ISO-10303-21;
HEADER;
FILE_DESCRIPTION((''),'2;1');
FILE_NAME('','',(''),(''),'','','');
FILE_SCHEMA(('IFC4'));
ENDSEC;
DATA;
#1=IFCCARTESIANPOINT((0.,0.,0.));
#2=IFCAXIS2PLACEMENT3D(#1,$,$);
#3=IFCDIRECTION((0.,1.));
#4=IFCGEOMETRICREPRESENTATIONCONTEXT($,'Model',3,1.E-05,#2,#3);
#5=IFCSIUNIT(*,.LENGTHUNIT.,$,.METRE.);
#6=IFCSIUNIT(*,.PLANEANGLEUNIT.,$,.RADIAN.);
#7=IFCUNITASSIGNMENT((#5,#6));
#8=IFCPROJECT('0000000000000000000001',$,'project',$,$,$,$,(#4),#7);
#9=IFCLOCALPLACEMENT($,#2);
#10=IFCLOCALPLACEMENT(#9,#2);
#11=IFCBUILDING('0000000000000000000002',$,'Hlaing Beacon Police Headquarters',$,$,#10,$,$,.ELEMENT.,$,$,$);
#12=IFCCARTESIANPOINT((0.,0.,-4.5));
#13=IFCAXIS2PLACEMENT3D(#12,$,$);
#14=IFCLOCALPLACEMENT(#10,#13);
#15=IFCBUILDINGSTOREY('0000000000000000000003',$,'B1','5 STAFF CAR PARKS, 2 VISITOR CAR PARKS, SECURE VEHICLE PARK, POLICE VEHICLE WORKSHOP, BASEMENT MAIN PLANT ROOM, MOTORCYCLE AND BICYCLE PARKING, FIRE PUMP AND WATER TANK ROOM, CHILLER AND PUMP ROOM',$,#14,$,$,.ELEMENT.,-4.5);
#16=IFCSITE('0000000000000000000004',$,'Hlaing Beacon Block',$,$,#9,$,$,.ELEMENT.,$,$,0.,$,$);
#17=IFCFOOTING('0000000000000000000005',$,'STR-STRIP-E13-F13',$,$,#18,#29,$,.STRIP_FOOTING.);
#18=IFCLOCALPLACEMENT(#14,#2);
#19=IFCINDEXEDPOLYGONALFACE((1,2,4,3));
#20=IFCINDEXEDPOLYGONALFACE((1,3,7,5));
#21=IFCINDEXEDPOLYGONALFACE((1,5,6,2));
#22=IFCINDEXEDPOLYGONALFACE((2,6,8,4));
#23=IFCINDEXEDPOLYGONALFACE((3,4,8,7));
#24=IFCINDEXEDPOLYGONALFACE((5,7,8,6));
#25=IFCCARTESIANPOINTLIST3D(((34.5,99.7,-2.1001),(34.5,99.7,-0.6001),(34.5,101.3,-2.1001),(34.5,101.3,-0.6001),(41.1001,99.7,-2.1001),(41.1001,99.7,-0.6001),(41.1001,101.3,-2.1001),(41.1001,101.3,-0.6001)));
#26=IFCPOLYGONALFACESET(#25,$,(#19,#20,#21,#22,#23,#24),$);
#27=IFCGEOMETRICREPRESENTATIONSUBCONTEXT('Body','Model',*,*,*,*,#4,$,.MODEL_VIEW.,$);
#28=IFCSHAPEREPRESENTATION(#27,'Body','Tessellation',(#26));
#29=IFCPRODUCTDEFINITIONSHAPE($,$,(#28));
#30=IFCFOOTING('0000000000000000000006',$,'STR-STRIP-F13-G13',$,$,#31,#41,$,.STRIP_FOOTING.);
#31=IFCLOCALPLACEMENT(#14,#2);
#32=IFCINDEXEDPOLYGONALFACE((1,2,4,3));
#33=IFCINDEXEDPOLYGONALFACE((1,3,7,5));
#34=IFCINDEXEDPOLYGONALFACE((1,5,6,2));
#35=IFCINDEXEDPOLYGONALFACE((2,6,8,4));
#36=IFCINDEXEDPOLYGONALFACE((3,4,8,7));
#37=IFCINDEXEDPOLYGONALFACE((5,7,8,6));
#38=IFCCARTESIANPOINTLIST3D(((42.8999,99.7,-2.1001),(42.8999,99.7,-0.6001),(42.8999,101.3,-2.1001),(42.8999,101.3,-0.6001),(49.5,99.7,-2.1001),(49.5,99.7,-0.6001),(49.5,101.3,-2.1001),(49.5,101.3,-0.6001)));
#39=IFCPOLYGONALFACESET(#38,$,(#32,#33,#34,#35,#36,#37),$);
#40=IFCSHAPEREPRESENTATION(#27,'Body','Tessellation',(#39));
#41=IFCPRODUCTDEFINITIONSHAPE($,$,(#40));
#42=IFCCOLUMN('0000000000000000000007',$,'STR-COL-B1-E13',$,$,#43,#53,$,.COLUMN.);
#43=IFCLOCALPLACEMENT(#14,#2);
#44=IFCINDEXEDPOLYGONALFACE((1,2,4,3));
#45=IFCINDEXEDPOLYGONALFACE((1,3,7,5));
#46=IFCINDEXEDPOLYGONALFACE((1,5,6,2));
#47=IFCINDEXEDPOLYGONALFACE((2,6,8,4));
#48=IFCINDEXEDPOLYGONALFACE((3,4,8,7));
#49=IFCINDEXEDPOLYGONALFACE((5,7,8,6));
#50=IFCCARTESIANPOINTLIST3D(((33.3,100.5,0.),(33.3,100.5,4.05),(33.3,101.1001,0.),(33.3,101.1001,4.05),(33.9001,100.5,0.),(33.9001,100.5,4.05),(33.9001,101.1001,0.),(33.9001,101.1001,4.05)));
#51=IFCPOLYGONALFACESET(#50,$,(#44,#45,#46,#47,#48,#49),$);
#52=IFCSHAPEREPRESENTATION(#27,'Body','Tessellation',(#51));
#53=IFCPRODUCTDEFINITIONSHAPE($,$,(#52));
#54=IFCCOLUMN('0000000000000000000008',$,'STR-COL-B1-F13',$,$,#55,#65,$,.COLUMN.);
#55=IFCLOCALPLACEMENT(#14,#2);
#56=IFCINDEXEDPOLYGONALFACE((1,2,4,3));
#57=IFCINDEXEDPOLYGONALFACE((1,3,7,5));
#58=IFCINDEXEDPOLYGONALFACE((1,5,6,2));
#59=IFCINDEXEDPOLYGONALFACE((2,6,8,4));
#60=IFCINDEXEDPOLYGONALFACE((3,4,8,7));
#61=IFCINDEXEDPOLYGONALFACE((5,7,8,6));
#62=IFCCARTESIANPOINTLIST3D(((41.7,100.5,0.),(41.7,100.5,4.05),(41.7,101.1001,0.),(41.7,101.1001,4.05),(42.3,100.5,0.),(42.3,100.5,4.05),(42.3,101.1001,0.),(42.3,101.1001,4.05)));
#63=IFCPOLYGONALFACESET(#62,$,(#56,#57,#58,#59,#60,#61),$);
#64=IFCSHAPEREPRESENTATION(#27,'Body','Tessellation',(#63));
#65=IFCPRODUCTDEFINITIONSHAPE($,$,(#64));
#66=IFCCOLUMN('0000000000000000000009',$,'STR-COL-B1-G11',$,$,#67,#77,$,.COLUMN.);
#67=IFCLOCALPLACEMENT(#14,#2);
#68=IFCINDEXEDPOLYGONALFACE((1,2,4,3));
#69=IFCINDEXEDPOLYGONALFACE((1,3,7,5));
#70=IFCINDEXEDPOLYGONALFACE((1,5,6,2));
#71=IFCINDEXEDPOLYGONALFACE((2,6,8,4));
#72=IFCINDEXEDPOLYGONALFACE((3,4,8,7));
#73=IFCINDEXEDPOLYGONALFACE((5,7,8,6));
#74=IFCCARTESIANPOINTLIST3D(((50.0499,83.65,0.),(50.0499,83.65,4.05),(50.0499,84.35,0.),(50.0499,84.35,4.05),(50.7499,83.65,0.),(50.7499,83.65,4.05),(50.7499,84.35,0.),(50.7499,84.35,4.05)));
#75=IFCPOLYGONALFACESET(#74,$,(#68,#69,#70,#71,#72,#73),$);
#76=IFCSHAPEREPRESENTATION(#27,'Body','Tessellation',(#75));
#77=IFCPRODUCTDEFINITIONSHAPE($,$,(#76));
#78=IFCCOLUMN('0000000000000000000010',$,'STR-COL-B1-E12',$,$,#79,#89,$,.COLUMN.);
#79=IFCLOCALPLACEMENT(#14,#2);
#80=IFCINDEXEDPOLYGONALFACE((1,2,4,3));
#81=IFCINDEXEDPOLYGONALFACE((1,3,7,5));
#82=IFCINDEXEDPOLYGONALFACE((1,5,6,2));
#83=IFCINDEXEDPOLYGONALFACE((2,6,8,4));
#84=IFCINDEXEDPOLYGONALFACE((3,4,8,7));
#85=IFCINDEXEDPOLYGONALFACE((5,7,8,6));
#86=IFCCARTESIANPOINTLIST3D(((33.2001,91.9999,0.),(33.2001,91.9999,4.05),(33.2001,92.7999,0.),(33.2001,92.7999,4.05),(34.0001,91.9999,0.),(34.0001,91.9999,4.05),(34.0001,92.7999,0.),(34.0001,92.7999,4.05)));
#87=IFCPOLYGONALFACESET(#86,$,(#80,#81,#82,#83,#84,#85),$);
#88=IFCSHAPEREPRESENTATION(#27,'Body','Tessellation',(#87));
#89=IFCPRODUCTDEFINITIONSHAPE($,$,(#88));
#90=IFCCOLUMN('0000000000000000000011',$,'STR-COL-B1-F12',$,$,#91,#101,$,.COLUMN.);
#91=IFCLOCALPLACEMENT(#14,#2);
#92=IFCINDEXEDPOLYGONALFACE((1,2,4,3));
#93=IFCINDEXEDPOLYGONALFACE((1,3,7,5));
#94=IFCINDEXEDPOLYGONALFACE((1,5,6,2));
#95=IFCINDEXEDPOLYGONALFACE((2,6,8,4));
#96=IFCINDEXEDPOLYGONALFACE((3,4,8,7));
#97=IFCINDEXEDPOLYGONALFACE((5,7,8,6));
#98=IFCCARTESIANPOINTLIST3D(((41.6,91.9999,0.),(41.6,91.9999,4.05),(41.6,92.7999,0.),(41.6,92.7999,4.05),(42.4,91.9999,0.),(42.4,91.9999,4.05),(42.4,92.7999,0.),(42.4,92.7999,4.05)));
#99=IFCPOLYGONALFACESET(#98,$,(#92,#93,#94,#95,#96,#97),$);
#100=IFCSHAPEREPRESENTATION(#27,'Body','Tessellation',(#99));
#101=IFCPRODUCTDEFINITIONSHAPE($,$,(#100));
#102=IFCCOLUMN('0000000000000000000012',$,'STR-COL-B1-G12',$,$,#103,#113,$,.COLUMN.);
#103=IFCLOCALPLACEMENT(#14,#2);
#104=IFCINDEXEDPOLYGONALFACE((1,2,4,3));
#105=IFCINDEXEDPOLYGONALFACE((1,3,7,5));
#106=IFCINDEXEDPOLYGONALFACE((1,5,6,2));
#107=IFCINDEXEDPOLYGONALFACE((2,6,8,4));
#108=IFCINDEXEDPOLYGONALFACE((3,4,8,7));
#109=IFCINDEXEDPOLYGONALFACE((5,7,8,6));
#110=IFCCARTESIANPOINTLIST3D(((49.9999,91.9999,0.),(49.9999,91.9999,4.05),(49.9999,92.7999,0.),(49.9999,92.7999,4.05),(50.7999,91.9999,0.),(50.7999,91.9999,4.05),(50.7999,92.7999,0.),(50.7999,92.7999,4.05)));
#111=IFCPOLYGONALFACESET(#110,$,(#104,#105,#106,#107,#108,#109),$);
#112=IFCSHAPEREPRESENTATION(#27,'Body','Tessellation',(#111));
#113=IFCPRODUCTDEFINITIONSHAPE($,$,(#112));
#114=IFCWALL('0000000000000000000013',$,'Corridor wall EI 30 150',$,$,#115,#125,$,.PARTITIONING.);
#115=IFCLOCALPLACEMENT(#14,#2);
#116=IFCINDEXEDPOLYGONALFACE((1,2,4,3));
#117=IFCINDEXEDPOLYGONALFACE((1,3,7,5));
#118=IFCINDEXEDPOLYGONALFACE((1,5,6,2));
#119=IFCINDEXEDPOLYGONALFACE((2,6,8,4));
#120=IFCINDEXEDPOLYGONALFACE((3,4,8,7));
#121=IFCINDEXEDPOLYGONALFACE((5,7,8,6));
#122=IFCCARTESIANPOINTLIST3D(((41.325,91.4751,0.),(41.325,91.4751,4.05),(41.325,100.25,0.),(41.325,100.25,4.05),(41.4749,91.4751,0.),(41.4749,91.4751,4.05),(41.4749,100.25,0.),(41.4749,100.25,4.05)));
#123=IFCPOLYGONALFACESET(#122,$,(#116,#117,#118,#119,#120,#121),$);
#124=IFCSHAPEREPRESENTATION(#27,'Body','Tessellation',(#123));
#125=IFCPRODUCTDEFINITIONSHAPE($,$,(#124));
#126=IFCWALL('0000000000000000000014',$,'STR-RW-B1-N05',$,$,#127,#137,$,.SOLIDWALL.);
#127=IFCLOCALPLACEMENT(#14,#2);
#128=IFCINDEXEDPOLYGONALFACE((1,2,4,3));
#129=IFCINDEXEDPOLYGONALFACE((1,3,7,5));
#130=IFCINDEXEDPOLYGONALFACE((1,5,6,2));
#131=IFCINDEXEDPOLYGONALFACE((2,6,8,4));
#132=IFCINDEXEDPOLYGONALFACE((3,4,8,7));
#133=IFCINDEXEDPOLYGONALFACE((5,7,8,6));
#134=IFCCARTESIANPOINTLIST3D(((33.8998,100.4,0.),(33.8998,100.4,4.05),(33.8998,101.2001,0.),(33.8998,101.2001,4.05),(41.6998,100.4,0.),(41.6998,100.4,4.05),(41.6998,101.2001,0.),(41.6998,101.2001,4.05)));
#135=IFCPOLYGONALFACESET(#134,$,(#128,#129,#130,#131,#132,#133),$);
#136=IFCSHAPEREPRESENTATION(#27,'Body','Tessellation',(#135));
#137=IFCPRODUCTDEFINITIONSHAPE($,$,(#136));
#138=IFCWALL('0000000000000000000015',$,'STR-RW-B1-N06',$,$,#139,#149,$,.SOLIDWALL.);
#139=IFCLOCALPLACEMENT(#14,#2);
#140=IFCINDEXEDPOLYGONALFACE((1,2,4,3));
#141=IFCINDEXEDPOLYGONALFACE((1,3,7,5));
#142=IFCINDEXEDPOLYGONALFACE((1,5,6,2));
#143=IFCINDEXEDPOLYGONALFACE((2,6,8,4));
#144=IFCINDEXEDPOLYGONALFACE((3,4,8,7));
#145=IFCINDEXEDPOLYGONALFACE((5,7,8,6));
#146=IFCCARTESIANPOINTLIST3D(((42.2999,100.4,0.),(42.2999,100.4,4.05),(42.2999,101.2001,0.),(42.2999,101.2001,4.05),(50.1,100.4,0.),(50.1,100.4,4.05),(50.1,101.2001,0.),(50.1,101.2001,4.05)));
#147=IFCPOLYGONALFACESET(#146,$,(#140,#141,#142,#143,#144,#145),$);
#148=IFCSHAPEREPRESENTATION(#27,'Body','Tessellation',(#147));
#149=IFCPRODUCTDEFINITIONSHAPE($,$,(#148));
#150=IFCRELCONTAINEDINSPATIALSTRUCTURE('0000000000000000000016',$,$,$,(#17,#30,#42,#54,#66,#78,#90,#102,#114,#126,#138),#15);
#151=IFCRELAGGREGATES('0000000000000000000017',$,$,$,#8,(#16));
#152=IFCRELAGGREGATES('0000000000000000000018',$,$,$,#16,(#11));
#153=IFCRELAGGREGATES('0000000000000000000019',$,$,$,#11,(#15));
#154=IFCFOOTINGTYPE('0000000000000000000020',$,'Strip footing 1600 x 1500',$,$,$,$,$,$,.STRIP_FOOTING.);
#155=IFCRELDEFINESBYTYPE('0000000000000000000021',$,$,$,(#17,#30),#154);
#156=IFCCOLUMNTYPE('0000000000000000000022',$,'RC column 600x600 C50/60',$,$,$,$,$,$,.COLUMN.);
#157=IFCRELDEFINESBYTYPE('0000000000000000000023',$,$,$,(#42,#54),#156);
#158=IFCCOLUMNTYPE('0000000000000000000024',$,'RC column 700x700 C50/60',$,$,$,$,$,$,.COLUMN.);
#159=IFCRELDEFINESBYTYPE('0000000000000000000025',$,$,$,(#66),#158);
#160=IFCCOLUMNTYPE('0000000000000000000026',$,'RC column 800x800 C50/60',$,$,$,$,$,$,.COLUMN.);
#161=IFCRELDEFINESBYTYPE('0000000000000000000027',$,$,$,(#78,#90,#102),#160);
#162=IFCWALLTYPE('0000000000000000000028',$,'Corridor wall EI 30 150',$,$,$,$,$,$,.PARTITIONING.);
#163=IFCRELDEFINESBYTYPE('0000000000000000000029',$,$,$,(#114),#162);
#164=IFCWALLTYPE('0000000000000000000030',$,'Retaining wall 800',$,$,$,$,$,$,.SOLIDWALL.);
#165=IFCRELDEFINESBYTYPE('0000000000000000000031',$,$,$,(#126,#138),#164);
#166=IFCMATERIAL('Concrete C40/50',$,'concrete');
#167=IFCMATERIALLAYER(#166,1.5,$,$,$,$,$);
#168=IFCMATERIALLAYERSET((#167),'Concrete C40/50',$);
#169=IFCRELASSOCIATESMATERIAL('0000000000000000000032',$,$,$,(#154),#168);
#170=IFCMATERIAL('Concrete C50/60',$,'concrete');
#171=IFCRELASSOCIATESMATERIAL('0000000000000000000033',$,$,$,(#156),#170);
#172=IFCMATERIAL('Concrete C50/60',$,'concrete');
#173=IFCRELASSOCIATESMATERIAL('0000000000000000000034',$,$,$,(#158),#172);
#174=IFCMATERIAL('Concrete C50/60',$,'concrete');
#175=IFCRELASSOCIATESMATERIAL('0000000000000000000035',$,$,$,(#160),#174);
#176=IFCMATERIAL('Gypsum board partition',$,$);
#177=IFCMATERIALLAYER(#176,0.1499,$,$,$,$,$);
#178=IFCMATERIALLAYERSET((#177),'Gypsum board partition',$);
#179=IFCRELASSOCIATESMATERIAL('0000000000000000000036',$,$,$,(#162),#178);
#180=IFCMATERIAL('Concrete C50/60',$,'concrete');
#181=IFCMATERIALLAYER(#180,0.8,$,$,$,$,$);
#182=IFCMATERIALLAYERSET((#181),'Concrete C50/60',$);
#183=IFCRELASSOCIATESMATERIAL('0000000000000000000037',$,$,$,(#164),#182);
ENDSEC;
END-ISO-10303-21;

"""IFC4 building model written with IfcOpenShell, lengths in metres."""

from ifc_helpers import new_model, si_unit, direction, frame, frame_2d, origin, origin_2d, place, context, subcontext, project, spatial, rectangle, extrude, material, layer, layer_set, material_profile, profile_set, type_object, element, save


model = new_model("IFC4")

# Units and contexts
model_context = context("Model", 3, precision=1e-05, world=origin(), true_north=direction((0.0, 1.0)))
body_context = subcontext(model_context, "Body", "Model", "MODEL_VIEW")
ifc_project = project(units=[si_unit("LENGTHUNIT", "METRE"), si_unit("PLANEANGLEUNIT", "RADIAN")], contexts=[model_context])

# Site, building, storey
site_placement = place(None, origin())
site = spatial("IfcSite", under=ifc_project, at=site_placement, Name="Hlaing Beacon Block", CompositionType="ELEMENT", RefElevation=0.0)
building_placement = place(site_placement, origin())
building = spatial("IfcBuilding", under=site, at=building_placement, Name="Hlaing Beacon Police Headquarters", CompositionType="ELEMENT")
storey_placement = place(building_placement, frame((0.0, 0.0, -4.5)))
storey = spatial("IfcBuildingStorey", under=building, at=storey_placement, Name="B1", Description="5 STAFF CAR PARKS, 2 VISITOR CAR PARKS, SECURE VEHICLE PARK, POLICE VEHICLE WORKSHOP, BASEMENT MAIN PLANT ROOM, MOTORCYCLE AND BICYCLE PARKING, FIRE PUMP AND WATER TANK ROOM, CHILLER AND PUMP ROOM", CompositionType="ELEMENT", Elevation=-4.5)

# Footings
ifc_material_1 = material(Name="Concrete C40/50", Category="concrete")
ifc_layer_1 = layer(ifc_material_1, 1.5)
ifc_layer_set_1 = layer_set([ifc_layer_1], Name="Concrete C40/50")
footing_type_1 = type_object("IfcFootingType", Name="Strip footing 1600 x 1500", PredefinedType="STRIP_FOOTING", material=ifc_layer_set_1)
for number, where, z_axis, x_axis, name in (
    (1, (37.8, 100.5, -2.1001), (0.0, 0.0, 1.0), (1.0, 0.0, 0.0), "STR-STRIP-E13-F13"),
    (2, (46.2, 100.5, -2.1001), (0.0, 0.0, 1.0), (1.0, 0.0, 0.0), "STR-STRIP-F13-G13"),
):
    element("IfcFooting", number, at=place(storey_placement, frame(where, z_axis=z_axis, x_axis=x_axis)), inside=storey, type_object=footing_type_1, Name=name, PredefinedType="STRIP_FOOTING", context=body_context, shape_type="SweptSolid", body=[
        extrude(rectangle(XDim=6.6001, YDim=1.6001, at=origin_2d()), origin(), (0.0, 0.0, 1.0), 1.5),
    ])

# Columns
ifc_material_2 = material(Name="Concrete C50/60", Category="concrete")
ifc_material_profile_1 = material_profile(ifc_material_2, rectangle(XDim=0.6001, YDim=0.6001, at=origin_2d()), Name="600x600")
ifc_profile_set_1 = profile_set([ifc_material_profile_1], Name="Concrete C50/60")
column_type_1 = type_object("IfcColumnType", Name="RC column 600x600 C50/60", PredefinedType="COLUMN", material=ifc_profile_set_1)
for number, where, z_axis, x_axis, name in (
    (3, (33.6001, 100.8, 0.0), (0.0, 0.0, 1.0), (1.0, 0.0, 0.0), "STR-COL-B1-E13"),
    (4, (42.0, 100.8, 0.0), (0.0, 0.0, 1.0), (1.0, 0.0, 0.0), "STR-COL-B1-F13"),
):
    element("IfcColumn", number, at=place(storey_placement, frame(where, z_axis=z_axis, x_axis=x_axis)), inside=storey, type_object=column_type_1, Name=name, PredefinedType="COLUMN", context=body_context, shape_type="SweptSolid", body=[
        extrude(rectangle(XDim=0.6001, YDim=0.6001, at=origin_2d()), origin(), (0.0, 0.0, 1.0), 4.05),
    ])
ifc_material_3 = material(Name="Concrete C50/60", Category="concrete")
ifc_material_profile_2 = material_profile(ifc_material_3, rectangle(XDim=0.7, YDim=0.7, at=origin_2d()), Name="700x700")
ifc_profile_set_2 = profile_set([ifc_material_profile_2], Name="Concrete C50/60")
column_type_2 = type_object("IfcColumnType", Name="RC column 700x700 C50/60", PredefinedType="COLUMN", material=ifc_profile_set_2)
column_placement = place(storey_placement, frame((50.3999, 84.0, 0.0), z_axis=(0.0, 0.0, 1.0), x_axis=(1.0, 0.0, 0.0)))
element("IfcColumn", 5, at=column_placement, inside=storey, type_object=column_type_2, Name="STR-COL-B1-G11", PredefinedType="COLUMN", context=body_context, shape_type="SweptSolid", body=[
    extrude(rectangle(XDim=0.7, YDim=0.7, at=origin_2d()), origin(), (0.0, 0.0, 1.0), 4.05),
])
ifc_material_4 = material(Name="Concrete C50/60", Category="concrete")
ifc_material_profile_3 = material_profile(ifc_material_4, rectangle(XDim=0.8, YDim=0.8, at=origin_2d()), Name="800x800")
ifc_profile_set_3 = profile_set([ifc_material_profile_3], Name="Concrete C50/60")
column_type_3 = type_object("IfcColumnType", Name="RC column 800x800 C50/60", PredefinedType="COLUMN", material=ifc_profile_set_3)
for number, where, z_axis, x_axis, name in (
    (6, (33.6001, 92.3999, 0.0), (0.0, 0.0, 1.0), (1.0, 0.0, 0.0), "STR-COL-B1-E12"),
    (7, (42.0, 92.3999, 0.0), (0.0, 0.0, 1.0), (1.0, 0.0, 0.0), "STR-COL-B1-F12"),
    (8, (50.3999, 92.3999, 0.0), (0.0, 0.0, 1.0), (1.0, 0.0, 0.0), "STR-COL-B1-G12"),
):
    element("IfcColumn", number, at=place(storey_placement, frame(where, z_axis=z_axis, x_axis=x_axis)), inside=storey, type_object=column_type_3, Name=name, PredefinedType="COLUMN", context=body_context, shape_type="SweptSolid", body=[
        extrude(rectangle(XDim=0.8, YDim=0.8, at=origin_2d()), origin(), (0.0, 0.0, 1.0), 4.05),
    ])

# Walls
ifc_material_5 = material(Name="Gypsum board partition")
ifc_layer_2 = layer(ifc_material_5, 0.1499)
ifc_layer_set_2 = layer_set([ifc_layer_2], Name="Gypsum board partition")
wall_type_1 = type_object("IfcWallType", Name="Corridor wall EI 30 150", PredefinedType="PARTITIONING", material=ifc_layer_set_2)
wall_placement = place(storey_placement, frame((41.3999, 91.4751, 0.0), z_axis=(0.0, 0.0, 1.0), x_axis=(0.0, 1.0, 0.0)))
element("IfcWall", 9, at=wall_placement, inside=storey, type_object=wall_type_1, Name="Corridor wall EI 30 150", PredefinedType="PARTITIONING", context=body_context, shape_type="SweptSolid", body=[
    extrude(rectangle(XDim=8.7749, YDim=0.1499, at=frame_2d((4.3875, 0.0))), origin(), (0.0, 0.0, 1.0), 4.05),
])
ifc_material_6 = material(Name="Concrete C50/60", Category="concrete")
ifc_layer_3 = layer(ifc_material_6, 0.8)
ifc_layer_set_3 = layer_set([ifc_layer_3], Name="Concrete C50/60")
wall_type_2 = type_object("IfcWallType", Name="Retaining wall 800", PredefinedType="SOLIDWALL", material=ifc_layer_set_3)
for number, where, z_axis, x_axis, name in (
    (10, (33.8999, 100.8, 0.0), (0.0, 0.0, 1.0), (1.0, 0.0, 0.0), "STR-RW-B1-N05"),
    (11, (42.3, 100.8, 0.0), (0.0, 0.0, 1.0), (1.0, 0.0, 0.0), "STR-RW-B1-N06"),
):
    element("IfcWall", number, at=place(storey_placement, frame(where, z_axis=z_axis, x_axis=x_axis)), inside=storey, type_object=wall_type_2, Name=name, PredefinedType="SOLIDWALL", context=body_context, shape_type="SweptSolid", body=[
        extrude(rectangle(XDim=7.8, YDim=0.8, at=frame_2d((3.8999, 0.0))), origin(), (0.0, 0.0, 1.0), 4.05),
    ])

save(model, "model.ifc")
